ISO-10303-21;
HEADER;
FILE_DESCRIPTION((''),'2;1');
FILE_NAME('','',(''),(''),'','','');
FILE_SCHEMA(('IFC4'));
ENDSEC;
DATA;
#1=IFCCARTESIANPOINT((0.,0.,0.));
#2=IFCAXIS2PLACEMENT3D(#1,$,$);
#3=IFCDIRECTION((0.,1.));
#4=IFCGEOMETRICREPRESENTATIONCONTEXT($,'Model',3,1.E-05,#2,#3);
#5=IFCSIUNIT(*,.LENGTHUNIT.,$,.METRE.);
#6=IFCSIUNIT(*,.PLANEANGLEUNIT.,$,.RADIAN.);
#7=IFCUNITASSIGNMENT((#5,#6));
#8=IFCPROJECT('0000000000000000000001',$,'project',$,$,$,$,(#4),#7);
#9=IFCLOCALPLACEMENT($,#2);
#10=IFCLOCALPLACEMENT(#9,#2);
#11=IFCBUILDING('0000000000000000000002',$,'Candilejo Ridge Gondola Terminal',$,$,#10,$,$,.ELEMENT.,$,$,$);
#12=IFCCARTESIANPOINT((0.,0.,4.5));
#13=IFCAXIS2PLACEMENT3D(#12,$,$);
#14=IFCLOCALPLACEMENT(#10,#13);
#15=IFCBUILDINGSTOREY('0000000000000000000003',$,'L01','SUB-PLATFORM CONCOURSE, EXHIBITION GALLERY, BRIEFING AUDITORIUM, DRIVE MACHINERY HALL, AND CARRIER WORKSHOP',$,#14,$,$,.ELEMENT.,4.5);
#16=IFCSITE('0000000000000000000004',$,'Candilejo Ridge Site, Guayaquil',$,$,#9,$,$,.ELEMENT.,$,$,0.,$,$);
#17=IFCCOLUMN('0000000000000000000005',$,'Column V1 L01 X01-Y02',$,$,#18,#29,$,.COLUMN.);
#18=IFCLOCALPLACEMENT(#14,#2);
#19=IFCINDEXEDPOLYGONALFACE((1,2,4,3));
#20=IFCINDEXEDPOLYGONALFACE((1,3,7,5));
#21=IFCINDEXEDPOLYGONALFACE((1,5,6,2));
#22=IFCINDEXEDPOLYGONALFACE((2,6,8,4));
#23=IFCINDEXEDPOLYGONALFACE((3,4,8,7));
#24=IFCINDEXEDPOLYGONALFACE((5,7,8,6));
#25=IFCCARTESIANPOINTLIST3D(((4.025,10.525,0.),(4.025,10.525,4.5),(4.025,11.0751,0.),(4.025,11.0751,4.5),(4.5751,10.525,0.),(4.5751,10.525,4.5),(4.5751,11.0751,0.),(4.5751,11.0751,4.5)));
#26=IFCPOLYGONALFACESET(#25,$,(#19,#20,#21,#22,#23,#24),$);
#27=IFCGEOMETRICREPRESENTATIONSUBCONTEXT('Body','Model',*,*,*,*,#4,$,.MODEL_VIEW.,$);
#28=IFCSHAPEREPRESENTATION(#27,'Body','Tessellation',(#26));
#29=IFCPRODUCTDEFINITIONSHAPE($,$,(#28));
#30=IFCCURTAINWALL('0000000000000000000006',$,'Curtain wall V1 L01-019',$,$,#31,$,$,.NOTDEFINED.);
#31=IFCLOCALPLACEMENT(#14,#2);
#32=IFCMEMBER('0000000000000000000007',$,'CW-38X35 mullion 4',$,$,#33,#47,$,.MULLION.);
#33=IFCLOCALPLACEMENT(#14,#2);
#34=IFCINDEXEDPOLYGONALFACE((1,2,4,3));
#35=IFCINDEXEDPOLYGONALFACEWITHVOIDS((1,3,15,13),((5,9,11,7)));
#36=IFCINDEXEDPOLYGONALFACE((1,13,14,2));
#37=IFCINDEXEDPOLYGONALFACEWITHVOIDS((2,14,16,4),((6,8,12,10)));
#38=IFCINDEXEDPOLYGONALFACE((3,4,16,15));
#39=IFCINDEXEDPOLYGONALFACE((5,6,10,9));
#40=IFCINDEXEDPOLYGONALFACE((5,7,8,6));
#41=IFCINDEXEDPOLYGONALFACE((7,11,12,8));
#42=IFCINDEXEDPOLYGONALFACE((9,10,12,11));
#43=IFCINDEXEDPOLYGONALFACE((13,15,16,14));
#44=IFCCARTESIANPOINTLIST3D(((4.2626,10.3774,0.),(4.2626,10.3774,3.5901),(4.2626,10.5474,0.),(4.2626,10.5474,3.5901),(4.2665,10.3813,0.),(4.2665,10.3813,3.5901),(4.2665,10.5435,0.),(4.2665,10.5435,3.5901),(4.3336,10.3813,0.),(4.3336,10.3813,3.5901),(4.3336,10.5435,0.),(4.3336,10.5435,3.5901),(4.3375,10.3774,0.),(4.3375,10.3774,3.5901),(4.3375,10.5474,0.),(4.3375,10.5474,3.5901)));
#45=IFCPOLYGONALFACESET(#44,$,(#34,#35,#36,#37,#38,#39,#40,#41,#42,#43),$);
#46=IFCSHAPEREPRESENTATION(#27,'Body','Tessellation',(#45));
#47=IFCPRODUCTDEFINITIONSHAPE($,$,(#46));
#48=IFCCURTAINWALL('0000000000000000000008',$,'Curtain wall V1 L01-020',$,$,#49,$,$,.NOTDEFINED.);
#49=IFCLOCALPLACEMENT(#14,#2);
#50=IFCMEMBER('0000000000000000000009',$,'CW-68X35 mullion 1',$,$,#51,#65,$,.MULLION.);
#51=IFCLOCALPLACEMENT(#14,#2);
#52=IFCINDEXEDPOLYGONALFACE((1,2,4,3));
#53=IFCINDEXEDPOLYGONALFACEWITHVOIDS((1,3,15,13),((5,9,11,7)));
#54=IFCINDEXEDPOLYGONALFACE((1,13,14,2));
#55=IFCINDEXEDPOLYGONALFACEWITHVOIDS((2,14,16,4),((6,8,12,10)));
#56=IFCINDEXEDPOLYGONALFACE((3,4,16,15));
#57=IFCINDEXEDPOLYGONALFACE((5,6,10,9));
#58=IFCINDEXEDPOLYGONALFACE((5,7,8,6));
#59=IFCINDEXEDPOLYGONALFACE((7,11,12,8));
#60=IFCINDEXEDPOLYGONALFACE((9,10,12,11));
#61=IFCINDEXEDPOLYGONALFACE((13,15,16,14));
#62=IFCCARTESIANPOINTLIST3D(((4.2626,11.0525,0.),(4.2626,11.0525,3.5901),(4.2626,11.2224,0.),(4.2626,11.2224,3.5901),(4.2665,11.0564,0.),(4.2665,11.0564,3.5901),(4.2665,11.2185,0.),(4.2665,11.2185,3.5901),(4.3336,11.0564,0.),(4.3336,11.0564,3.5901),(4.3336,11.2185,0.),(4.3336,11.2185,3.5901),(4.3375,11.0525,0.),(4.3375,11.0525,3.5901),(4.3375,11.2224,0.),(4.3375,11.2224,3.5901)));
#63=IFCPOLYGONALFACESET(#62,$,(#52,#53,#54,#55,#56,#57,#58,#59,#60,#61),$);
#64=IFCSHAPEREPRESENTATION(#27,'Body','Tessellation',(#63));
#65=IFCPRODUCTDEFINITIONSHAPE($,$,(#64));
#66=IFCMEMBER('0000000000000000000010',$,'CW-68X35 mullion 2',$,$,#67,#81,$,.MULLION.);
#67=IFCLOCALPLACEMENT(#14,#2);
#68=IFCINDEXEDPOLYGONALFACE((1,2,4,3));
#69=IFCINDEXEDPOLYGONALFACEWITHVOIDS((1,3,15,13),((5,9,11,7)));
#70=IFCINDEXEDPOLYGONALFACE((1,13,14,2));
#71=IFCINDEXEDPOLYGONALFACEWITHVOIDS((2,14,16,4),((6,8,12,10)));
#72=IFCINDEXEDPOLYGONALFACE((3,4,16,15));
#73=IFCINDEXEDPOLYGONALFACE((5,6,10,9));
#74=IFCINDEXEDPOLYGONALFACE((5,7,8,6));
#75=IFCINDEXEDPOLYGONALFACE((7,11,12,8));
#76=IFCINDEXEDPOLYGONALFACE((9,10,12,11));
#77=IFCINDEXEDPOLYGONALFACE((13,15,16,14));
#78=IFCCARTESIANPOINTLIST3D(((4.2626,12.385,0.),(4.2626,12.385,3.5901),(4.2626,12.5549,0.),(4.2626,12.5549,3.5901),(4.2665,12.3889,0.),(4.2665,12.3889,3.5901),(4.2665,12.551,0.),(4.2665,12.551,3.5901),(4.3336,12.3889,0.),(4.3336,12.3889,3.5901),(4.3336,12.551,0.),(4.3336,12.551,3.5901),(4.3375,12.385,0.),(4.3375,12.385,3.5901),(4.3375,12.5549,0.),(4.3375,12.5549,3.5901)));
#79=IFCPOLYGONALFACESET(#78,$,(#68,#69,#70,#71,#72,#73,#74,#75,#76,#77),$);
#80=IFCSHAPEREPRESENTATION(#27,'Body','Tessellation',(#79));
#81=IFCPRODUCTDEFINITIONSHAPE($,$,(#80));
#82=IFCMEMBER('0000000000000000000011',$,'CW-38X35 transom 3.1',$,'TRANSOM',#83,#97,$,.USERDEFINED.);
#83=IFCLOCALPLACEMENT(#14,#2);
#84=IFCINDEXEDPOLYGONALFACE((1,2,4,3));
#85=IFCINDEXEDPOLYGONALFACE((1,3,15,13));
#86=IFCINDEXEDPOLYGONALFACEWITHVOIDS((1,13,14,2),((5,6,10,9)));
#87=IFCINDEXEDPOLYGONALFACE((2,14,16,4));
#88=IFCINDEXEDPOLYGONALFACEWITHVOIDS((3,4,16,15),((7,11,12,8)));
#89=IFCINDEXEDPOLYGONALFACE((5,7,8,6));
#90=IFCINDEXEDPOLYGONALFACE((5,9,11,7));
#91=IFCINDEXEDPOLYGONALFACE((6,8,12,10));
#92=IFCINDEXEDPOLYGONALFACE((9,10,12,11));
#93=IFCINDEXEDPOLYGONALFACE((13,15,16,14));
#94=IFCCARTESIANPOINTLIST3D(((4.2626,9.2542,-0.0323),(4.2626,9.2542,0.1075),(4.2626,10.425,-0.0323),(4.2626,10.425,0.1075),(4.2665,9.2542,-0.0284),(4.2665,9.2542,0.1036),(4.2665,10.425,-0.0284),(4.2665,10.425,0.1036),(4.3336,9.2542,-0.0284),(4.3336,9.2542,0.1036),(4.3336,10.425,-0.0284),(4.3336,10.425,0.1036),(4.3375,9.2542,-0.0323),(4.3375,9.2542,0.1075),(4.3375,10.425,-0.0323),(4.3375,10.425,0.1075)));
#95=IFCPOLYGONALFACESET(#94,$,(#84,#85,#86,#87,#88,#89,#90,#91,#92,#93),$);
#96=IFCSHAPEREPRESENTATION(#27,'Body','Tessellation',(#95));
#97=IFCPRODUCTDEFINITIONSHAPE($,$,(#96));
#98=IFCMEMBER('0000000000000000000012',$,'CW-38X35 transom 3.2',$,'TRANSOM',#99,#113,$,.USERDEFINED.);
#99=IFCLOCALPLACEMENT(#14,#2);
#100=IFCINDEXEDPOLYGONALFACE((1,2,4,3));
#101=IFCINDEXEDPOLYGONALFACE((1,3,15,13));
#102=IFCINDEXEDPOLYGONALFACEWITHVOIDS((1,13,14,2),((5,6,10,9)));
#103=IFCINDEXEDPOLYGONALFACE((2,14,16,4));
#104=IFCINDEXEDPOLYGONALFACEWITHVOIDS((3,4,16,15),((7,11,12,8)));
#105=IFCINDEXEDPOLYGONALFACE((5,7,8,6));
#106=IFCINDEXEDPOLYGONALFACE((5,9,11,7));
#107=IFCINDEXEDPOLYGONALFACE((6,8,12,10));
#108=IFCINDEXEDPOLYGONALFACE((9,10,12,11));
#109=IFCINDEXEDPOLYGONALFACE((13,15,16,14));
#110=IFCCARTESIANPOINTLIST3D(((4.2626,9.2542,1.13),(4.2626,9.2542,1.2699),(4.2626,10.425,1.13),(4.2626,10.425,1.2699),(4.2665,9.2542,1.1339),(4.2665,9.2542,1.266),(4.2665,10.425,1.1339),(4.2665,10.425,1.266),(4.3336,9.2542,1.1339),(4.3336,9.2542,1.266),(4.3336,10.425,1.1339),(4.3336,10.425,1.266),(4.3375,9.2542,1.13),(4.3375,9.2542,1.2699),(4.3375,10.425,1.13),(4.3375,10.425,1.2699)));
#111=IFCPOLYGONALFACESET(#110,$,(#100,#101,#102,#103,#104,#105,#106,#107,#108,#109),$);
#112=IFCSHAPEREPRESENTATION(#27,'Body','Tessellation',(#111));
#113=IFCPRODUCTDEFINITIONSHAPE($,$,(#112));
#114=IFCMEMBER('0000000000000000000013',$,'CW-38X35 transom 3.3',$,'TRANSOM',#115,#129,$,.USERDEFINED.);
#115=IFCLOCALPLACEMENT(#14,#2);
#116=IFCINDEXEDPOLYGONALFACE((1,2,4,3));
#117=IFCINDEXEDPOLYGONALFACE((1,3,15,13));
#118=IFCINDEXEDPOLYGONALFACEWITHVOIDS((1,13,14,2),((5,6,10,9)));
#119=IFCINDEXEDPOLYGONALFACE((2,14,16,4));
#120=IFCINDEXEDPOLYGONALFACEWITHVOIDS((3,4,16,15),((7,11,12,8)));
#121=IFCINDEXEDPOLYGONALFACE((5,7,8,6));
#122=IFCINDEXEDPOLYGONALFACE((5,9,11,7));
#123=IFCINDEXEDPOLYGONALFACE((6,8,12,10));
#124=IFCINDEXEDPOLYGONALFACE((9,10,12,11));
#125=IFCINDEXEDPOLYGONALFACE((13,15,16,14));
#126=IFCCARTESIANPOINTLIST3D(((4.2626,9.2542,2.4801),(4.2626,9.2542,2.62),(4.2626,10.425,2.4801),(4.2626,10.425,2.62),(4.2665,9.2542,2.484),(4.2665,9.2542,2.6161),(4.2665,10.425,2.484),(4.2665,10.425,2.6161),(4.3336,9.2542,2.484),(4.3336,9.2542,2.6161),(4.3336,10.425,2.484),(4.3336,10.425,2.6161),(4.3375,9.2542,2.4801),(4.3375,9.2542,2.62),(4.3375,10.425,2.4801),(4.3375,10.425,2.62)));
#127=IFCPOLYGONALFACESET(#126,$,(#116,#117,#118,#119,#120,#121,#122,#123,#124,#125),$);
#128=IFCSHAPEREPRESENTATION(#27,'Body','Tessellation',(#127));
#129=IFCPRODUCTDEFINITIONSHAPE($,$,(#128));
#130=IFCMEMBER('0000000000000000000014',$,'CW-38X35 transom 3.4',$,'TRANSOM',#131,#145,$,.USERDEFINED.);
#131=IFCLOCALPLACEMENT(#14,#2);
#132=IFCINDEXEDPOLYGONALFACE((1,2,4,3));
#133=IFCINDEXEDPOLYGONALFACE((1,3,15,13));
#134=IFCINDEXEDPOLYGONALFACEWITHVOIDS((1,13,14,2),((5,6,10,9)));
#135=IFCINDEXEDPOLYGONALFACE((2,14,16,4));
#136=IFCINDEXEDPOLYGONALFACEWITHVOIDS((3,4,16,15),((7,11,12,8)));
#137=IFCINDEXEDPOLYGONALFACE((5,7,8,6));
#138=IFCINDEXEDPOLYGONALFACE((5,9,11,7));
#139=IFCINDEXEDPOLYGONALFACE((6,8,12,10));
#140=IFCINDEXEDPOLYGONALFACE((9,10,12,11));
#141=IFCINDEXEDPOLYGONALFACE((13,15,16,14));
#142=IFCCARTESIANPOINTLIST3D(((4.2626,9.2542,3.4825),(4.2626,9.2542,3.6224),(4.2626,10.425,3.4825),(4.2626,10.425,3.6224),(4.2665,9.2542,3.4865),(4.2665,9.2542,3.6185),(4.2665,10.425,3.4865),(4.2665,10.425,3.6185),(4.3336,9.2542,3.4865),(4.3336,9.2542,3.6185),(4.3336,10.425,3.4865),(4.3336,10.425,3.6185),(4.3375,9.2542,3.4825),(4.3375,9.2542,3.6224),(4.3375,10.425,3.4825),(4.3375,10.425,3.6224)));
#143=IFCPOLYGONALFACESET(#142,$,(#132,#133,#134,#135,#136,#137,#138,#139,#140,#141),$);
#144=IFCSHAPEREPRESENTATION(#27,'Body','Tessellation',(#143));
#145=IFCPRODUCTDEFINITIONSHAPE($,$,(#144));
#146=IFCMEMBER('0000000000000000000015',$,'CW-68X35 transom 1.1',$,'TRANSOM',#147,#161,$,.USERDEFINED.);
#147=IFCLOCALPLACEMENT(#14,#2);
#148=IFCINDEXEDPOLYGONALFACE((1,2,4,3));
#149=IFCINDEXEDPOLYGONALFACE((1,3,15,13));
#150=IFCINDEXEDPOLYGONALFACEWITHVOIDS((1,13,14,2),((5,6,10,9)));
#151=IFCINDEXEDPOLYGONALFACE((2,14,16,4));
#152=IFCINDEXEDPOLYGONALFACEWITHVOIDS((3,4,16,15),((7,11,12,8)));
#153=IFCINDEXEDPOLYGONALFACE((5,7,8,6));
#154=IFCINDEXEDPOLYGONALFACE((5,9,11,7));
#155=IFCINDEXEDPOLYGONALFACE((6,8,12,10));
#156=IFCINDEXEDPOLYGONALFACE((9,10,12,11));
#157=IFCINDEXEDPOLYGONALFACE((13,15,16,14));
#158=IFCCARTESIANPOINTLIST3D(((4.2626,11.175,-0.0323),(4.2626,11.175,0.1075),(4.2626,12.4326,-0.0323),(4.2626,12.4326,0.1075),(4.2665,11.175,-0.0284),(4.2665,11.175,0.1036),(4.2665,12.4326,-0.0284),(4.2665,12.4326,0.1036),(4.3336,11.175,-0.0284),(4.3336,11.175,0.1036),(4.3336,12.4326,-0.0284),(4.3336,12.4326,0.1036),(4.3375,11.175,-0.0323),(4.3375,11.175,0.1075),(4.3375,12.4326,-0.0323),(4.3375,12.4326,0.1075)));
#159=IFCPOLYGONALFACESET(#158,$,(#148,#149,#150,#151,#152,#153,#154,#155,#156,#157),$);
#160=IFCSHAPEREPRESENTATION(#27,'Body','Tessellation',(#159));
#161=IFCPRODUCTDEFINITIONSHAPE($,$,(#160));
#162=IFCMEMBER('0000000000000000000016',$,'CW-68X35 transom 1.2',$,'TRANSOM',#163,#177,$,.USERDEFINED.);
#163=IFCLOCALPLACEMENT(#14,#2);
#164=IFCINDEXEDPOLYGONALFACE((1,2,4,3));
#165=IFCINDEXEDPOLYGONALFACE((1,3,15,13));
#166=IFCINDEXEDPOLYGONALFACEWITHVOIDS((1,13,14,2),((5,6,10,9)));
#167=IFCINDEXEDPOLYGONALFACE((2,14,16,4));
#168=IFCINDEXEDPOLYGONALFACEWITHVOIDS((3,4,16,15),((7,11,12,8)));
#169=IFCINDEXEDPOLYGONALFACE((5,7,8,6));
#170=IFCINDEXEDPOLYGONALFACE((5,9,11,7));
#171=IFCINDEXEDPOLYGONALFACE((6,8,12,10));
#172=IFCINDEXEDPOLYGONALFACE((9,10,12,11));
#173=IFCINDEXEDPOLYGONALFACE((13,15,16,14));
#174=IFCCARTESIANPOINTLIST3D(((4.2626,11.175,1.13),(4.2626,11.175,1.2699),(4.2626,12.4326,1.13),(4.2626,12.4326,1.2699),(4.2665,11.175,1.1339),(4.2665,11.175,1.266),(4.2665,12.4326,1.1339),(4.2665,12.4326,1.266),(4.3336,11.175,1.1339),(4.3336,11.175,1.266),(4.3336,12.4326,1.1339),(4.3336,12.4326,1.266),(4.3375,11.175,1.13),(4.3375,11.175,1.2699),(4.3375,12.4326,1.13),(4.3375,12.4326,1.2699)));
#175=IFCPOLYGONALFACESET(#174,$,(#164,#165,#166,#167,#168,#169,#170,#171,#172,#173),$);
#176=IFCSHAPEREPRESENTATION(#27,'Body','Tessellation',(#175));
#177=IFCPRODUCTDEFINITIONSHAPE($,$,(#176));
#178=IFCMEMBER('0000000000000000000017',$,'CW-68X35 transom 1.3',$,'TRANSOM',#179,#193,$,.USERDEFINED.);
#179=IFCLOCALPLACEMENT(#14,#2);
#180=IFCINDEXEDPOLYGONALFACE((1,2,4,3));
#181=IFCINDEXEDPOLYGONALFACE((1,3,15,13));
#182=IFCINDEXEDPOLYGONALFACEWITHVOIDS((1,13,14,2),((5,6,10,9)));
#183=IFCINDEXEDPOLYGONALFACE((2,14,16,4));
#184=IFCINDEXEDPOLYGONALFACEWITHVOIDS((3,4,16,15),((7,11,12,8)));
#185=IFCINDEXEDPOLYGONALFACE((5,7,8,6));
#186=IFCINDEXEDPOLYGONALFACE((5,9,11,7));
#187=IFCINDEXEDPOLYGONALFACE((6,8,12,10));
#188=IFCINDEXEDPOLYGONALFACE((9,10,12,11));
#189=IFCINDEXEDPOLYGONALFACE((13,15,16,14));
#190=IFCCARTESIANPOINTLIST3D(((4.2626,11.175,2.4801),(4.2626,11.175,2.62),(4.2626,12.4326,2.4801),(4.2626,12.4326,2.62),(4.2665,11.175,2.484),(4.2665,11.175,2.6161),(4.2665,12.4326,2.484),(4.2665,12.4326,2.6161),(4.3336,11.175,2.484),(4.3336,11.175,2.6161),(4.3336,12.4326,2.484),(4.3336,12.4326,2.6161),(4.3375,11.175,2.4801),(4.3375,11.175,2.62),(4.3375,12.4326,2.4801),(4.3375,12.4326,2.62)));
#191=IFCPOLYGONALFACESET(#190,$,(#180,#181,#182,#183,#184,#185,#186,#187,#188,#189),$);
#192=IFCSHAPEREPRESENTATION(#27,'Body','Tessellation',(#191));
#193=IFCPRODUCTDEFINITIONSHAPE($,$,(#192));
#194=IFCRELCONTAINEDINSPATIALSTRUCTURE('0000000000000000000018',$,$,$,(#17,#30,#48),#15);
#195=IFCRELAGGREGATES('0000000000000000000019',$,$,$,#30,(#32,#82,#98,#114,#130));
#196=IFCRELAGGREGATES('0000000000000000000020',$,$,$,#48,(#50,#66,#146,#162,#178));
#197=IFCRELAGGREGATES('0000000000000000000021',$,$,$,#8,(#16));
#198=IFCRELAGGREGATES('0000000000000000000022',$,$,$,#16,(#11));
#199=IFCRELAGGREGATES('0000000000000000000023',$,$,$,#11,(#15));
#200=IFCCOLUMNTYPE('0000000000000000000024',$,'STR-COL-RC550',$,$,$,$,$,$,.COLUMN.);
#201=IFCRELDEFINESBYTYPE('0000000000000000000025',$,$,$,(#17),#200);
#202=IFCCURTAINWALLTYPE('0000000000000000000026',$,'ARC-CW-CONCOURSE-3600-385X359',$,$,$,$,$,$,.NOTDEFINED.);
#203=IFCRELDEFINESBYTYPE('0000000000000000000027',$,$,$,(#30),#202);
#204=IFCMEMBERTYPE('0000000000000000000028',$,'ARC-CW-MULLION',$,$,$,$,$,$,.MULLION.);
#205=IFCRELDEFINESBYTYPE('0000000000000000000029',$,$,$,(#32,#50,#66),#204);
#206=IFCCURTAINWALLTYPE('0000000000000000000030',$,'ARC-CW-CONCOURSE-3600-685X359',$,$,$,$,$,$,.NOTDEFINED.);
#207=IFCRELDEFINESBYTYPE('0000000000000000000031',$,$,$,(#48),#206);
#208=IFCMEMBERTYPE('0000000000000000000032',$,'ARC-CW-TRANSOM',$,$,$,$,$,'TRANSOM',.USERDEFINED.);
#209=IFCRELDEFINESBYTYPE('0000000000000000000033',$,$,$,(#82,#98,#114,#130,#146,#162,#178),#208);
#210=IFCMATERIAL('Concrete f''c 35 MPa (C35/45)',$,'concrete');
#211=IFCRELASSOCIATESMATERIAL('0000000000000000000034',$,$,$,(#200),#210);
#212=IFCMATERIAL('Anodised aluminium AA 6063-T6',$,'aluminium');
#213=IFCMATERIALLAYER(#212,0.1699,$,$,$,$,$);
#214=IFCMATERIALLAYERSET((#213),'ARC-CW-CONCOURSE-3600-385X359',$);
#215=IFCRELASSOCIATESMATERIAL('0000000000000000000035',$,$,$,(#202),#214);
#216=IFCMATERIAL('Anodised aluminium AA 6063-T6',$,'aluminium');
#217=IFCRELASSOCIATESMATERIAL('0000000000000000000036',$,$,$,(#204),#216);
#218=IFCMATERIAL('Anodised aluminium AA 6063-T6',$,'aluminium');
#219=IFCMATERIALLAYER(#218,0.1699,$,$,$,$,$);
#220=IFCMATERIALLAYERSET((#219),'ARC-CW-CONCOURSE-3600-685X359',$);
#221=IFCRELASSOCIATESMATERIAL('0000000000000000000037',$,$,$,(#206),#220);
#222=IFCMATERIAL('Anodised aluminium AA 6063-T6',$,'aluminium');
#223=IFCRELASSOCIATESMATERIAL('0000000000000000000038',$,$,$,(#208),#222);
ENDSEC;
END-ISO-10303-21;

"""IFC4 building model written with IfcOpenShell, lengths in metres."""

from ifc_helpers import new_model, si_unit, direction, frame, origin, origin_2d, place, context, subcontext, project, spatial, rectangle, hollow_rectangle, extrude, material, layer, layer_set, material_profile, profile_set, type_object, element, aggregate, save


model = new_model("IFC4")

# Units and contexts
model_context = context("Model", 3, precision=1e-05, world=origin(), true_north=direction((0.0, 1.0)))
body_context = subcontext(model_context, "Body", "Model", "MODEL_VIEW")
ifc_project = project(units=[si_unit("LENGTHUNIT", "METRE"), si_unit("PLANEANGLEUNIT", "RADIAN")], contexts=[model_context])

# Site, building, storey
site_placement = place(None, origin())
site = spatial("IfcSite", under=ifc_project, at=site_placement, Name="Candilejo Ridge Site, Guayaquil", CompositionType="ELEMENT", RefElevation=0.0)
building_placement = place(site_placement, origin())
building = spatial("IfcBuilding", under=site, at=building_placement, Name="Candilejo Ridge Gondola Terminal", CompositionType="ELEMENT")
storey_placement = place(building_placement, frame((0.0, 0.0, 4.5)))
storey = spatial("IfcBuildingStorey", under=building, at=storey_placement, Name="L01", Description="SUB-PLATFORM CONCOURSE, EXHIBITION GALLERY, BRIEFING AUDITORIUM, DRIVE MACHINERY HALL, AND CARRIER WORKSHOP", CompositionType="ELEMENT", Elevation=4.5)

# Column
ifc_material_1 = material(Name="Concrete f'c 35 MPa (C35/45)", Category="concrete")
ifc_material_profile_1 = material_profile(ifc_material_1, rectangle(XDim=0.55, YDim=0.55, at=origin_2d()))
ifc_profile_set_1 = profile_set([ifc_material_profile_1], Name="Concrete f'c 35 MPa (C35/45)")
column_type = type_object("IfcColumnType", Name="STR-COL-RC550", PredefinedType="COLUMN", material=ifc_profile_set_1)
column_placement = place(storey_placement, frame((4.3, 10.8, 0.0), z_axis=(0.0, 0.0, 1.0), x_axis=(1.0, 0.0, 0.0)))
element("IfcColumn", 1, at=column_placement, inside=storey, type_object=column_type, Name="Column V1 L01 X01-Y02", PredefinedType="COLUMN", context=body_context, shape_type="SweptSolid", body=[
    extrude(rectangle(XDim=0.55, YDim=0.55, at=origin_2d()), origin(), (0.0, 0.0, 1.0), 4.5),
])

# Curtain wall, member
ifc_material_2 = material(Name="Anodised aluminium AA 6063-T6", Category="aluminium")
ifc_layer_1 = layer(ifc_material_2, 0.1699)
ifc_layer_set_1 = layer_set([ifc_layer_1], Name="ARC-CW-CONCOURSE-3600-385X359")
curtain_wall_type_1 = type_object("IfcCurtainWallType", Name="ARC-CW-CONCOURSE-3600-385X359", PredefinedType="NOTDEFINED", material=ifc_layer_set_1)
curtain_wall_1_placement = place(storey_placement, origin())
curtain_wall_1 = element("IfcCurtainWall", 2, at=curtain_wall_1_placement, inside=storey, type_object=curtain_wall_type_1, Name="Curtain wall V1 L01-019", PredefinedType="NOTDEFINED")
ifc_material_3 = material(Name="Anodised aluminium AA 6063-T6", Category="aluminium")
ifc_material_profile_2 = material_profile(ifc_material_3, hollow_rectangle(XDim=0.075, YDim=0.1699, WallThickness=0.0039, at=origin_2d()))
ifc_profile_set_2 = profile_set([ifc_material_profile_2], Name="Anodised aluminium AA 6063-T6")
member_type_1 = type_object("IfcMemberType", Name="ARC-CW-MULLION", PredefinedType="MULLION", material=ifc_profile_set_2)
member_1_placement = place(storey_placement, frame((4.3, 10.4624, 0.0), z_axis=(0.0, 0.0, 1.0), x_axis=(-1.0, 0.0, 0.0)))
member_1 = element("IfcMember", 3, at=member_1_placement, type_object=member_type_1, Name="CW-38X35 mullion 4", PredefinedType="MULLION", context=body_context, shape_type="SweptSolid", body=[
    extrude(hollow_rectangle(XDim=0.075, YDim=0.1699, WallThickness=0.0039, at=origin_2d()), origin(), (0.0, 0.0, 1.0), 3.5901),
])

# Curtain wall, members
ifc_material_4 = material(Name="Anodised aluminium AA 6063-T6", Category="aluminium")
ifc_layer_2 = layer(ifc_material_4, 0.1699)
ifc_layer_set_2 = layer_set([ifc_layer_2], Name="ARC-CW-CONCOURSE-3600-685X359")
curtain_wall_type_2 = type_object("IfcCurtainWallType", Name="ARC-CW-CONCOURSE-3600-685X359", PredefinedType="NOTDEFINED", material=ifc_layer_set_2)
curtain_wall_2_placement = place(storey_placement, origin())
curtain_wall_2 = element("IfcCurtainWall", 4, at=curtain_wall_2_placement, inside=storey, type_object=curtain_wall_type_2, Name="Curtain wall V1 L01-020", PredefinedType="NOTDEFINED")
member_2_placement = place(storey_placement, frame((4.3, 11.1375, 0.0), z_axis=(0.0, 0.0, 1.0), x_axis=(-1.0, 0.0, 0.0)))
member_2 = element("IfcMember", 5, at=member_2_placement, type_object=member_type_1, Name="CW-68X35 mullion 1", PredefinedType="MULLION", context=body_context, shape_type="SweptSolid", body=[
    extrude(hollow_rectangle(XDim=0.075, YDim=0.1699, WallThickness=0.0039, at=origin_2d()), origin(), (0.0, 0.0, 1.0), 3.5901),
])
member_3_placement = place(storey_placement, frame((4.3, 12.47, 0.0), z_axis=(0.0, 0.0, 1.0), x_axis=(-1.0, 0.0, 0.0)))
member_3 = element("IfcMember", 6, at=member_3_placement, type_object=member_type_1, Name="CW-68X35 mullion 2", PredefinedType="MULLION", context=body_context, shape_type="SweptSolid", body=[
    extrude(hollow_rectangle(XDim=0.075, YDim=0.1699, WallThickness=0.0039, at=origin_2d()), origin(), (0.0, 0.0, 1.0), 3.5901),
])

# Members
ifc_material_5 = material(Name="Anodised aluminium AA 6063-T6", Category="aluminium")
ifc_material_profile_3 = material_profile(ifc_material_5, hollow_rectangle(XDim=0.075, YDim=0.1399, WallThickness=0.0039, at=origin_2d()))
ifc_profile_set_3 = profile_set([ifc_material_profile_3], Name="Anodised aluminium AA 6063-T6")
member_type_2 = type_object("IfcMemberType", Name="ARC-CW-TRANSOM", ElementType="TRANSOM", PredefinedType="USERDEFINED", material=ifc_profile_set_3)
member_4_placement = place(storey_placement, frame((4.3, 9.2542, 0.0376), z_axis=(0.0, 1.0, 0.0), x_axis=(-1.0, 0.0, 0.0)))
member_4 = element("IfcMember", 7, at=member_4_placement, type_object=member_type_2, Name="CW-38X35 transom 3.1", ObjectType="TRANSOM", PredefinedType="USERDEFINED", context=body_context, shape_type="SweptSolid", body=[
    extrude(hollow_rectangle(XDim=0.075, YDim=0.1399, WallThickness=0.0039, at=origin_2d()), origin(), (0.0, 0.0, 1.0), 1.1709),
])
member_5_placement = place(storey_placement, frame((4.3, 9.2542, 1.2), z_axis=(0.0, 1.0, 0.0), x_axis=(-1.0, 0.0, 0.0)))
member_5 = element("IfcMember", 8, at=member_5_placement, type_object=member_type_2, Name="CW-38X35 transom 3.2", ObjectType="TRANSOM", PredefinedType="USERDEFINED", context=body_context, shape_type="SweptSolid", body=[
    extrude(hollow_rectangle(XDim=0.075, YDim=0.1399, WallThickness=0.0039, at=origin_2d()), origin(), (0.0, 0.0, 1.0), 1.1709),
])
member_6_placement = place(storey_placement, frame((4.3, 9.2542, 2.55), z_axis=(0.0, 1.0, 0.0), x_axis=(-1.0, 0.0, 0.0)))
member_6 = element("IfcMember", 9, at=member_6_placement, type_object=member_type_2, Name="CW-38X35 transom 3.3", ObjectType="TRANSOM", PredefinedType="USERDEFINED", context=body_context, shape_type="SweptSolid", body=[
    extrude(hollow_rectangle(XDim=0.075, YDim=0.1399, WallThickness=0.0039, at=origin_2d()), origin(), (0.0, 0.0, 1.0), 1.1709),
])
member_7_placement = place(storey_placement, frame((4.3, 9.2542, 3.5525), z_axis=(0.0, 1.0, 0.0), x_axis=(-1.0, 0.0, 0.0)))
member_7 = element("IfcMember", 10, at=member_7_placement, type_object=member_type_2, Name="CW-38X35 transom 3.4", ObjectType="TRANSOM", PredefinedType="USERDEFINED", context=body_context, shape_type="SweptSolid", body=[
    extrude(hollow_rectangle(XDim=0.075, YDim=0.1399, WallThickness=0.0039, at=origin_2d()), origin(), (0.0, 0.0, 1.0), 1.1709),
])
member_8_placement = place(storey_placement, frame((4.3, 11.175, 0.0376), z_axis=(0.0, 1.0, 0.0), x_axis=(-1.0, 0.0, 0.0)))
member_8 = element("IfcMember", 11, at=member_8_placement, type_object=member_type_2, Name="CW-68X35 transom 1.1", ObjectType="TRANSOM", PredefinedType="USERDEFINED", context=body_context, shape_type="SweptSolid", body=[
    extrude(hollow_rectangle(XDim=0.075, YDim=0.1399, WallThickness=0.0039, at=origin_2d()), origin(), (0.0, 0.0, 1.0), 1.2576),
])
member_9_placement = place(storey_placement, frame((4.3, 11.175, 1.2), z_axis=(0.0, 1.0, 0.0), x_axis=(-1.0, 0.0, 0.0)))
member_9 = element("IfcMember", 12, at=member_9_placement, type_object=member_type_2, Name="CW-68X35 transom 1.2", ObjectType="TRANSOM", PredefinedType="USERDEFINED", context=body_context, shape_type="SweptSolid", body=[
    extrude(hollow_rectangle(XDim=0.075, YDim=0.1399, WallThickness=0.0039, at=origin_2d()), origin(), (0.0, 0.0, 1.0), 1.2576),
])
member_10_placement = place(storey_placement, frame((4.3, 11.175, 2.55), z_axis=(0.0, 1.0, 0.0), x_axis=(-1.0, 0.0, 0.0)))
member_10 = element("IfcMember", 13, at=member_10_placement, type_object=member_type_2, Name="CW-68X35 transom 1.3", ObjectType="TRANSOM", PredefinedType="USERDEFINED", context=body_context, shape_type="SweptSolid", body=[
    extrude(hollow_rectangle(XDim=0.075, YDim=0.1399, WallThickness=0.0039, at=origin_2d()), origin(), (0.0, 0.0, 1.0), 1.2576),
])

aggregate(curtain_wall_1, [member_1, member_4, member_5, member_6, member_7])
aggregate(curtain_wall_2, [member_2, member_3, member_8, member_9, member_10])

save(model, "model.ifc")
